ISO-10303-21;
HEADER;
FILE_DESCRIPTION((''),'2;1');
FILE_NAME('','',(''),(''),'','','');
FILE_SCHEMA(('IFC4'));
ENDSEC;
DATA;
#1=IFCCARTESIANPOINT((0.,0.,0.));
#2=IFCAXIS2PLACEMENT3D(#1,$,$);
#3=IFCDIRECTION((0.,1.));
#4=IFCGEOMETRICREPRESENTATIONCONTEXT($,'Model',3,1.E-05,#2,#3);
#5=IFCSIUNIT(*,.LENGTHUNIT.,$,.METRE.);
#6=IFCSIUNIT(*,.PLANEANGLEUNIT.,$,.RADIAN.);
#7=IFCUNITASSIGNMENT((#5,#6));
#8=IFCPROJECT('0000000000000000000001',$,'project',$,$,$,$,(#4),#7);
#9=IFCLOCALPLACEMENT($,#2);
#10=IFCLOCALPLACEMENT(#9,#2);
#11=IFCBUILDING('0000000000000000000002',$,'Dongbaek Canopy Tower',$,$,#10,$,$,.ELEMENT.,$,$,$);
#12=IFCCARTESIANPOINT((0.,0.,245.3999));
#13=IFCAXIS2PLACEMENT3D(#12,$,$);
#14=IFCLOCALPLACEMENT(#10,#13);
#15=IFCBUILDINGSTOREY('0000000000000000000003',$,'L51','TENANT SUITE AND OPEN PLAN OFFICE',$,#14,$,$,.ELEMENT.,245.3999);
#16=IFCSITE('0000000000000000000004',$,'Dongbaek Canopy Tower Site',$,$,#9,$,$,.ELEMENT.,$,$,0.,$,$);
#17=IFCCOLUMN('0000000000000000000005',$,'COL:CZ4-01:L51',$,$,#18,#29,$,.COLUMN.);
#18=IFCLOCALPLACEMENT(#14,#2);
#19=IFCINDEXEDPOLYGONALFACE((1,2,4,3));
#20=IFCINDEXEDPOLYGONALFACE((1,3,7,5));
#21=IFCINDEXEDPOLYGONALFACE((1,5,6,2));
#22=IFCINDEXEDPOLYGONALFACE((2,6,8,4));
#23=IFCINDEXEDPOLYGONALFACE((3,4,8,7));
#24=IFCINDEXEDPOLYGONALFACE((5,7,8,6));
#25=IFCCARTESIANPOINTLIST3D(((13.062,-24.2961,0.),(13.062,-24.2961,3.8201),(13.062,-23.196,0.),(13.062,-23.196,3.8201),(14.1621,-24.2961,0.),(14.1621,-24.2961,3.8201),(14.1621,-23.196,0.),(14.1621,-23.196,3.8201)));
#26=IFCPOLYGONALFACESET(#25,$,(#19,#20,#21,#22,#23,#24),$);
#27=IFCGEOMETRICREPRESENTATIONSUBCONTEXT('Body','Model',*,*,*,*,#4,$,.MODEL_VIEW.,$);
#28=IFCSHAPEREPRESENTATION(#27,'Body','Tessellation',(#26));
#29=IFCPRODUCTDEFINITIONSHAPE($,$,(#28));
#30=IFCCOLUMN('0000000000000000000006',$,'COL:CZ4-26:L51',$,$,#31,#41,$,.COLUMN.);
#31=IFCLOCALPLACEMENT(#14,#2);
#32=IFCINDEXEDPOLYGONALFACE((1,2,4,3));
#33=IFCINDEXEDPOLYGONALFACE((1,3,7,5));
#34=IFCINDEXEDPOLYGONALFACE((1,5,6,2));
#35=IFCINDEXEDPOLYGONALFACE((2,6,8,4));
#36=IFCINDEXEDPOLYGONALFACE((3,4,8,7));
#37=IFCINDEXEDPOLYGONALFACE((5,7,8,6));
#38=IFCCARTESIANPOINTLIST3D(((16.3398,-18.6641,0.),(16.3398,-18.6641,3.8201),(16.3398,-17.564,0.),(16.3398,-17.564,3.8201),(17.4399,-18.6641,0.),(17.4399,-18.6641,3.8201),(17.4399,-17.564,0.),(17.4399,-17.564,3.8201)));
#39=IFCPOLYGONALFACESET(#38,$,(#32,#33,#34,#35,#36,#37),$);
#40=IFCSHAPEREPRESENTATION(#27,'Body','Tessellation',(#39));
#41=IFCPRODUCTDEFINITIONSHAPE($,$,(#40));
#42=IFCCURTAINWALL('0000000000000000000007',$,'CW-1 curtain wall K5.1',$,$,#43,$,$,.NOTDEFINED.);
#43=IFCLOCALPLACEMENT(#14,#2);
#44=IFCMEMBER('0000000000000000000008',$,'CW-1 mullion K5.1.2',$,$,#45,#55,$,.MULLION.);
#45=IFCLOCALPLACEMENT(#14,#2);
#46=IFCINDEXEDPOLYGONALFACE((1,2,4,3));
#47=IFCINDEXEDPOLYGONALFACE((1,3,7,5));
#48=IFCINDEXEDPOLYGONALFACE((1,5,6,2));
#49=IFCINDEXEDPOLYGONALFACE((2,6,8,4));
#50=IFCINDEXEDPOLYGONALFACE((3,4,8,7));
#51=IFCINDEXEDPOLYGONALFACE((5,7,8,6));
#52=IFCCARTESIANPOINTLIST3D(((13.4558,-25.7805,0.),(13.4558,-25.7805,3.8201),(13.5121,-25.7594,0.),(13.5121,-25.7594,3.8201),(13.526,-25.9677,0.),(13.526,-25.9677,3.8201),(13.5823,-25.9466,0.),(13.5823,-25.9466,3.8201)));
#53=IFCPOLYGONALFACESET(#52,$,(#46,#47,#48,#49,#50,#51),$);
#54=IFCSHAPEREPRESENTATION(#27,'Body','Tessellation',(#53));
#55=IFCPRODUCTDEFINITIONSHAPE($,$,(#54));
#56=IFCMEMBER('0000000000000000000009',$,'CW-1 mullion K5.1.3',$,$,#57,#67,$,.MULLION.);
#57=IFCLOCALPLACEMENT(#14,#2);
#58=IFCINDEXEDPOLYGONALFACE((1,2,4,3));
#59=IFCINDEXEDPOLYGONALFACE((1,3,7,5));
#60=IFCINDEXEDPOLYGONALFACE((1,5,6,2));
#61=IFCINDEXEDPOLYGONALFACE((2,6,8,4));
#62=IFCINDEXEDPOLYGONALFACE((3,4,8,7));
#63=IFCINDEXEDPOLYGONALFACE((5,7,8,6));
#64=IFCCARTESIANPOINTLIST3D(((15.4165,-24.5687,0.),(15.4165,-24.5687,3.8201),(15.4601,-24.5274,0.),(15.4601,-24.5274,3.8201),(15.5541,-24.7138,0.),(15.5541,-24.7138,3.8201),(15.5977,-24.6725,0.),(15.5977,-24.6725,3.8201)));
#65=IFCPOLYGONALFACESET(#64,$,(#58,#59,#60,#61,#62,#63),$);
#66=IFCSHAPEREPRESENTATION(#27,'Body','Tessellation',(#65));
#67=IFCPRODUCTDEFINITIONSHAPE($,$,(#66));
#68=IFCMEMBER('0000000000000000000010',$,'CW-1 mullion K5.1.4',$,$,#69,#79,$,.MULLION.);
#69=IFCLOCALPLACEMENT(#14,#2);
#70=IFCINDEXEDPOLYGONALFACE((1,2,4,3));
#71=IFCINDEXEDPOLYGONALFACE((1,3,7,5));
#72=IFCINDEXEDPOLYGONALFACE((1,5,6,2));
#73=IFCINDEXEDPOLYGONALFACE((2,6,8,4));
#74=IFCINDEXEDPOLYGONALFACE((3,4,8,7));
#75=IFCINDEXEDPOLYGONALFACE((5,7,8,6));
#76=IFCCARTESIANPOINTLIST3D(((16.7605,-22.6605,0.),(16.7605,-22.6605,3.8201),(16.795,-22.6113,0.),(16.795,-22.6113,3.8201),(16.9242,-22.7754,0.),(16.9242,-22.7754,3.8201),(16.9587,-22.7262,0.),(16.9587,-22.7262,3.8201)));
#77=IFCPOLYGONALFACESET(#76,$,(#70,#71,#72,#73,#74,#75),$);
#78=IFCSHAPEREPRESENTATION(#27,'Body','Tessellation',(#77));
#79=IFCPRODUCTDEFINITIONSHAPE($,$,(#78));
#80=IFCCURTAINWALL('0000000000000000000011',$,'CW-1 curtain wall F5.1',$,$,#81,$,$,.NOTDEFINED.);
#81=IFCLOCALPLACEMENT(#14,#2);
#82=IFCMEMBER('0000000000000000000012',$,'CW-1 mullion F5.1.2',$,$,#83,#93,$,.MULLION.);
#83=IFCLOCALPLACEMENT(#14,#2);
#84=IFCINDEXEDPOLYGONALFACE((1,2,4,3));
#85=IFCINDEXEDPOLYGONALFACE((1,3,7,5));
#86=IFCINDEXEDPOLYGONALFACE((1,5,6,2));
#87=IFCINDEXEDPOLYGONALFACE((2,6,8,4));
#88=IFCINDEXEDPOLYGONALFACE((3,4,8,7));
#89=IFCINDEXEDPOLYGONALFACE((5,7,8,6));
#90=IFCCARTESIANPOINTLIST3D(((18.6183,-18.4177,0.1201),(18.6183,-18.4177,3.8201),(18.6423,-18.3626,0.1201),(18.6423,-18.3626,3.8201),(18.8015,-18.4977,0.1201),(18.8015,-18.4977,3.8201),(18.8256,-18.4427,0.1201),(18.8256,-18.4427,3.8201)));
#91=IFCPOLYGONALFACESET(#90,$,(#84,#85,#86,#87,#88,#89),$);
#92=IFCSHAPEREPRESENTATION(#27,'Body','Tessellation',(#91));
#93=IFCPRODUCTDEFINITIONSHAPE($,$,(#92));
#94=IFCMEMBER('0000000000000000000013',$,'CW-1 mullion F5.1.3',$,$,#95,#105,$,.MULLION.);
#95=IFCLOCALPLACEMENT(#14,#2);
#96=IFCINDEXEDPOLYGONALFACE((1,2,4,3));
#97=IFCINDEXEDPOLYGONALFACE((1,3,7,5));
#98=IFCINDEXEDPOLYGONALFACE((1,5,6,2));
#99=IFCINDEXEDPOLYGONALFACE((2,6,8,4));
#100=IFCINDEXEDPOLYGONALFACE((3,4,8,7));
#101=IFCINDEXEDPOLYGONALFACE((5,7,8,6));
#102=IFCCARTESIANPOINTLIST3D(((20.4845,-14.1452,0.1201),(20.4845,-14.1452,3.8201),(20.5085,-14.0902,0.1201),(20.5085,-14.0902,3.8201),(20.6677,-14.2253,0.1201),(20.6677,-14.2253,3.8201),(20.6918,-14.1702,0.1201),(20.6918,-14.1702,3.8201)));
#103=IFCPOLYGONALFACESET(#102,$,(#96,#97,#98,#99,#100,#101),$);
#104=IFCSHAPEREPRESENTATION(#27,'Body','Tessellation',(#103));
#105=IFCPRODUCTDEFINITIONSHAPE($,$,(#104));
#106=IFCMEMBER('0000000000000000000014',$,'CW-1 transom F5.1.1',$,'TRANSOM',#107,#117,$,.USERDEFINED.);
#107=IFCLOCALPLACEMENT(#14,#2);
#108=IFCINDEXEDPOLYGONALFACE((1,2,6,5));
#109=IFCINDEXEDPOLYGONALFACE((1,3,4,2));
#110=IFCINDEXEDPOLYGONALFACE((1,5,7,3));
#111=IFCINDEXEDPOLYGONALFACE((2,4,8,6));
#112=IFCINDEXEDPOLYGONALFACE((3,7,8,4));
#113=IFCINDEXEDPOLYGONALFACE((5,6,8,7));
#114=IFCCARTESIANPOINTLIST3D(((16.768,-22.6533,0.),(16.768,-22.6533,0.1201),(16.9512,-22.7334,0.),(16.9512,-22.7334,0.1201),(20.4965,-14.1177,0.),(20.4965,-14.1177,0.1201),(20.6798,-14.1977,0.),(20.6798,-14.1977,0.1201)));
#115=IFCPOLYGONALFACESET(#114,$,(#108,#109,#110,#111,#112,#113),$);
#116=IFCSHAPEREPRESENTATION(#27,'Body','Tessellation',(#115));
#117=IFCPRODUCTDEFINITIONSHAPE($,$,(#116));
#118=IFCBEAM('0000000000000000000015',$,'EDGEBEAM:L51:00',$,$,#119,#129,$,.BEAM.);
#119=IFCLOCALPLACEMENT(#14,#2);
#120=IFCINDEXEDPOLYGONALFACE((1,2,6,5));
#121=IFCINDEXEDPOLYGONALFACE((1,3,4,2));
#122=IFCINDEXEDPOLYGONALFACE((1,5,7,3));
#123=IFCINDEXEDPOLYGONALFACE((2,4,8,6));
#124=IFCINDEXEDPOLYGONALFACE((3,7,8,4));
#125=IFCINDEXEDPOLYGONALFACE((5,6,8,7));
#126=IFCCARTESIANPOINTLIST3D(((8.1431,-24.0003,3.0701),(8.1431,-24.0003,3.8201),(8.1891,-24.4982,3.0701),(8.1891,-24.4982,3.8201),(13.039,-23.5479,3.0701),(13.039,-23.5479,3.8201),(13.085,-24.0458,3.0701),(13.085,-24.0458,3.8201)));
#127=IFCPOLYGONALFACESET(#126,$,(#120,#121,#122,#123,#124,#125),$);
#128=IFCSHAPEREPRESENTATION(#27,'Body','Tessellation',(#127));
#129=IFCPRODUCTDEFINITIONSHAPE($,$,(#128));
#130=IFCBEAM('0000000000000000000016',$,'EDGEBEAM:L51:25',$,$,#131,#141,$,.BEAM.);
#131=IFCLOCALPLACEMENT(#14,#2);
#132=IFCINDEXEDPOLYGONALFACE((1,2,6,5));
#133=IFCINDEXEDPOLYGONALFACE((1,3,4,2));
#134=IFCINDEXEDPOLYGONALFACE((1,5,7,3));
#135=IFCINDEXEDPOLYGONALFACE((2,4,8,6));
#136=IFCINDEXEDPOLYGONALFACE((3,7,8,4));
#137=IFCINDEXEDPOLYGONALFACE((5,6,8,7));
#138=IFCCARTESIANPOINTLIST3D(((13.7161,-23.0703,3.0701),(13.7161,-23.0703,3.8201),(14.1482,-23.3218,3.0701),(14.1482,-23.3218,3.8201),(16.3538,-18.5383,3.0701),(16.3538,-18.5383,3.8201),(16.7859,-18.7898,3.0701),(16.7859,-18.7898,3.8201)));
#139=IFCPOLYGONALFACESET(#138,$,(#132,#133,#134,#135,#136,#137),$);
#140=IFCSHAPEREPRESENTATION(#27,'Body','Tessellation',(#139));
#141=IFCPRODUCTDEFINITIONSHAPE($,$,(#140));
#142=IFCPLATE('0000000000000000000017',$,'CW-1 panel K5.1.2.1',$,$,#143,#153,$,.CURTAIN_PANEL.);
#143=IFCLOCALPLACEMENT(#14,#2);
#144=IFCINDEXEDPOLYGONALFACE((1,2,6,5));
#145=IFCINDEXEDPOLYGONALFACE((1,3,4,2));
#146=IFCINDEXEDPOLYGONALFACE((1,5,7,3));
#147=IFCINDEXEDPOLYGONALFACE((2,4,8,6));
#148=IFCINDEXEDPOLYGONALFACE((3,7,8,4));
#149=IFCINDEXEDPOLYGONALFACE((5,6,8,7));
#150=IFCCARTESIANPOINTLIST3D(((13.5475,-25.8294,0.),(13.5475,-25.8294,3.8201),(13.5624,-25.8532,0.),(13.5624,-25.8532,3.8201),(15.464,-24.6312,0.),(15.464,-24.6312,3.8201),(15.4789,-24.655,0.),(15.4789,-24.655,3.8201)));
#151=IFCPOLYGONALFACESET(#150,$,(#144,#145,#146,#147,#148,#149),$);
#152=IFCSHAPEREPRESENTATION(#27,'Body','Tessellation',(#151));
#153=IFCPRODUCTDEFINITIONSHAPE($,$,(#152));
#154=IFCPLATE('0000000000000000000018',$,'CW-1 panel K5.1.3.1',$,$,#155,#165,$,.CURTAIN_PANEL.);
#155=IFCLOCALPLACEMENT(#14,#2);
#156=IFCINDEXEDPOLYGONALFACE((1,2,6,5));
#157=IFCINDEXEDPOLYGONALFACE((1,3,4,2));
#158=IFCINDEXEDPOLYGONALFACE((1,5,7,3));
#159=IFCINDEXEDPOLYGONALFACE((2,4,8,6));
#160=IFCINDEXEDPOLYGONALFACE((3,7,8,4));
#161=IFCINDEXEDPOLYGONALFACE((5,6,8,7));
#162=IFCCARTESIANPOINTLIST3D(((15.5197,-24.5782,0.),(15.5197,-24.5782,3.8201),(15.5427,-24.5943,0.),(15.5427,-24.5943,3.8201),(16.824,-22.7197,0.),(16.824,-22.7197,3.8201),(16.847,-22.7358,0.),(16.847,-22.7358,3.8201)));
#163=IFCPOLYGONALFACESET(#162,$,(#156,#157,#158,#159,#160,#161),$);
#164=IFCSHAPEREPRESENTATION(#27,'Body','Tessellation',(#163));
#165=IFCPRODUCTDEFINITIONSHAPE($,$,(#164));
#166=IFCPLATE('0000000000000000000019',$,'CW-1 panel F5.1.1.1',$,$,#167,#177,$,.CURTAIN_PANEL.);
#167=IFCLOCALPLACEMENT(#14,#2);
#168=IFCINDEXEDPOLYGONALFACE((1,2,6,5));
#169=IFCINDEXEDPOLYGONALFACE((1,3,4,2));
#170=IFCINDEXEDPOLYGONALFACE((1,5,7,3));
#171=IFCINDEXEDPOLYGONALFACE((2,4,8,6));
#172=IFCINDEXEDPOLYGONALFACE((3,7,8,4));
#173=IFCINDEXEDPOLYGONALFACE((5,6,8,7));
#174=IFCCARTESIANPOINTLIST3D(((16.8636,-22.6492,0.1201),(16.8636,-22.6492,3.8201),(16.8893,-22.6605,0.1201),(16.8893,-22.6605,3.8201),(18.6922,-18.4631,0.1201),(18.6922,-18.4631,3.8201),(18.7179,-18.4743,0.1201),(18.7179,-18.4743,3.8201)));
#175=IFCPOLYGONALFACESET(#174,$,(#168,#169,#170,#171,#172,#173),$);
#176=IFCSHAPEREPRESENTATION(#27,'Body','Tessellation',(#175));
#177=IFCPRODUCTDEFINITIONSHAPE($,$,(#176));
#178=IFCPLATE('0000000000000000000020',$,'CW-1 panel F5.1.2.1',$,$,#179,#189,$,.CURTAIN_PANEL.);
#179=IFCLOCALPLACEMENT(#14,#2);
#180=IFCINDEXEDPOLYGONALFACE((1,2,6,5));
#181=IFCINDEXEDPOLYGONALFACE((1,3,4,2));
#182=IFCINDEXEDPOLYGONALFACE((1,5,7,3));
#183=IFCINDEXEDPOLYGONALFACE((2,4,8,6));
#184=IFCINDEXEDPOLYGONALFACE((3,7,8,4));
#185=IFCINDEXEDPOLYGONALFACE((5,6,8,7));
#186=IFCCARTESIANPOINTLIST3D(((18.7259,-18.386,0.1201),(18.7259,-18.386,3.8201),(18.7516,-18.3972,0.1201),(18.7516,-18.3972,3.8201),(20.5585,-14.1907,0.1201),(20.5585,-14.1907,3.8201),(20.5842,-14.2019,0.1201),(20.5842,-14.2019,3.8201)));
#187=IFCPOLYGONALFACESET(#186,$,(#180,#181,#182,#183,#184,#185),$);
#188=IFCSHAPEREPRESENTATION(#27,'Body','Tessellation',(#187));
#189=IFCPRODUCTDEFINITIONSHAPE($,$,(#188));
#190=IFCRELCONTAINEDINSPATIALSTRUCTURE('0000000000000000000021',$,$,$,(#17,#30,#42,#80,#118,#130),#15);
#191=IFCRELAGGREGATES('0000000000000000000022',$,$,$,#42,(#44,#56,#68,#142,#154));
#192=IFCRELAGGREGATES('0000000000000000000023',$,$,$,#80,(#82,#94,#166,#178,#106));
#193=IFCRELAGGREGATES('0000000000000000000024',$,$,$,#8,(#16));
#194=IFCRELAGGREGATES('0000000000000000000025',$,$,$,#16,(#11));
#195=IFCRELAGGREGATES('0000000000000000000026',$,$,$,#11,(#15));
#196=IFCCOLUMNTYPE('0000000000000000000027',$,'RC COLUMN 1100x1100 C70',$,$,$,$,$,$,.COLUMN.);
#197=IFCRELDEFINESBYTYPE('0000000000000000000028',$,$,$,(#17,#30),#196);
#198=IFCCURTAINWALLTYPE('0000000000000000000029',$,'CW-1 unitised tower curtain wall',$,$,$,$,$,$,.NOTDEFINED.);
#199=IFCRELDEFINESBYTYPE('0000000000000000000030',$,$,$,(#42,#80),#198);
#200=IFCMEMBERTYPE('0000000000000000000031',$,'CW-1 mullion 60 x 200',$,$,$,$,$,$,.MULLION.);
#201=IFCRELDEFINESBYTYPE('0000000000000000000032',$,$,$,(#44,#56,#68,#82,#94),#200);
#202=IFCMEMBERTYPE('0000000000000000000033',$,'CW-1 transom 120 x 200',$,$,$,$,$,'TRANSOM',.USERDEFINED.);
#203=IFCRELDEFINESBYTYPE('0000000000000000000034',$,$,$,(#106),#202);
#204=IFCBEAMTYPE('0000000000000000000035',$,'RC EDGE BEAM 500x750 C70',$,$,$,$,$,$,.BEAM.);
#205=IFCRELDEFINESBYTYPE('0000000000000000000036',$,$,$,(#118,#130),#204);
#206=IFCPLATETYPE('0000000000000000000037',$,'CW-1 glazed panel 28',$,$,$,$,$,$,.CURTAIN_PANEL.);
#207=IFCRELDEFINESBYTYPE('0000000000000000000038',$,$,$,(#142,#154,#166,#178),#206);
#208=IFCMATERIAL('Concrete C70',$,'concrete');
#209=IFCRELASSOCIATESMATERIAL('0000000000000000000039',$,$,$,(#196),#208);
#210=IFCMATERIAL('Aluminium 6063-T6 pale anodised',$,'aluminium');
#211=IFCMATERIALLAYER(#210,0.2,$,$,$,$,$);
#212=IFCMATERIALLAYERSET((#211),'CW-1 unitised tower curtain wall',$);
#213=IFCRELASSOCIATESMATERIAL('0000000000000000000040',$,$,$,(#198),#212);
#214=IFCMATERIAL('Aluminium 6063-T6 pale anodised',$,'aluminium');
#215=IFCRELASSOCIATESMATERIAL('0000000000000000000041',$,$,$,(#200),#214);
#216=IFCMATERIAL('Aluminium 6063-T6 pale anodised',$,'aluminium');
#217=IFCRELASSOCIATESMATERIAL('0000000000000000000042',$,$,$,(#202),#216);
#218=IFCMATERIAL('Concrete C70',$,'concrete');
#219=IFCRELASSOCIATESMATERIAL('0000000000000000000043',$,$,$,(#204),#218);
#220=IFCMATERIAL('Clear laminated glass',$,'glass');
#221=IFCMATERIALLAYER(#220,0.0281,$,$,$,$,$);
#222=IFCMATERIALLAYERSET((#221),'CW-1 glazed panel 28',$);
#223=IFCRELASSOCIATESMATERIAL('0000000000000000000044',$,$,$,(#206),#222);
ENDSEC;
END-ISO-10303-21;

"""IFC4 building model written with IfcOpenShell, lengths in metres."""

from ifc_helpers import new_model, si_unit, direction, frame, origin, origin_2d, place, context, subcontext, project, spatial, rectangle, extrude, material, layer, layer_set, material_profile, profile_set, type_object, element, aggregate, save


model = new_model("IFC4")

# Units and contexts
model_context = context("Model", 3, precision=1e-05, world=origin(), true_north=direction((0.0, 1.0)))
body_context = subcontext(model_context, "Body", "Model", "MODEL_VIEW")
ifc_project = project(units=[si_unit("LENGTHUNIT", "METRE"), si_unit("PLANEANGLEUNIT", "RADIAN")], contexts=[model_context])

# Site, building, storey
site_placement = place(None, origin())
site = spatial("IfcSite", under=ifc_project, at=site_placement, Name="Dongbaek Canopy Tower Site", CompositionType="ELEMENT", RefElevation=0.0)
building_placement = place(site_placement, origin())
building = spatial("IfcBuilding", under=site, at=building_placement, Name="Dongbaek Canopy Tower", CompositionType="ELEMENT")
storey_placement = place(building_placement, frame((0.0, 0.0, 245.3999)))
storey = spatial("IfcBuildingStorey", under=building, at=storey_placement, Name="L51", Description="TENANT SUITE AND OPEN PLAN OFFICE", CompositionType="ELEMENT", Elevation=245.3999)

# Columns
ifc_material_1 = material(Name="Concrete C70", Category="concrete")
ifc_material_profile_1 = material_profile(ifc_material_1, rectangle(XDim=1.1001, YDim=1.1001, at=origin_2d()), Name="RC COLUMN 1100x1100 C70")
ifc_profile_set_1 = profile_set([ifc_material_profile_1], Name="Concrete C70")
column_type = type_object("IfcColumnType", Name="RC COLUMN 1100x1100 C70", PredefinedType="COLUMN", material=ifc_profile_set_1)
for number, where, z_axis, x_axis, name in (
    (1, (13.6121, -23.7461, 0.0), (0.0, 0.0, 1.0), (1.0, 0.0, 0.0), "COL:CZ4-01:L51"),
    (2, (16.8899, -18.114, 0.0), (0.0, 0.0, 1.0), (1.0, 0.0, 0.0), "COL:CZ4-26:L51"),
):
    element("IfcColumn", number, at=place(storey_placement, frame(where, z_axis=z_axis, x_axis=x_axis)), inside=storey, type_object=column_type, Name=name, PredefinedType="COLUMN", context=body_context, shape_type="SweptSolid", body=[
        extrude(rectangle(XDim=1.1001, YDim=1.1001, at=origin_2d()), origin(), (0.0, 0.0, 1.0), 3.8201),
    ])

# Curtain walls, members
ifc_material_2 = material(Name="Aluminium 6063-T6 pale anodised", Category="aluminium")
ifc_layer_1 = layer(ifc_material_2, 0.2)
ifc_layer_set_1 = layer_set([ifc_layer_1], Name="CW-1 unitised tower curtain wall")
curtain_wall_type = type_object("IfcCurtainWallType", Name="CW-1 unitised tower curtain wall", PredefinedType="NOTDEFINED", material=ifc_layer_set_1)
curtain_wall_1_placement = place(storey_placement, origin())
curtain_wall_1 = element("IfcCurtainWall", 3, at=curtain_wall_1_placement, inside=storey, type_object=curtain_wall_type, Name="CW-1 curtain wall K5.1", PredefinedType="NOTDEFINED")
ifc_material_3 = material(Name="Aluminium 6063-T6 pale anodised", Category="aluminium")
ifc_material_profile_2 = material_profile(ifc_material_3, rectangle(XDim=0.2, YDim=0.0601, at=origin_2d()), Name="CW-1 mullion 60 x 200")
ifc_profile_set_2 = profile_set([ifc_material_profile_2], Name="Aluminium 6063-T6 pale anodised")
member_type_1 = type_object("IfcMemberType", Name="CW-1 mullion 60 x 200", PredefinedType="MULLION", material=ifc_profile_set_2)
member_1_placement = place(storey_placement, frame((13.519, -25.8635, 0.0), z_axis=(0.0, 0.0, 1.0), x_axis=(0.351017, -0.936369, 0.0)))
member_1 = element("IfcMember", 4, at=member_1_placement, type_object=member_type_1, Name="CW-1 mullion K5.1.2", PredefinedType="MULLION", context=body_context, shape_type="SweptSolid", body=[
    extrude(rectangle(XDim=0.2, YDim=0.0601, at=origin_2d()), origin(), (0.0, 0.0, 1.0), 3.8201),
])
member_2_placement = place(storey_placement, frame((15.5071, -24.6206, 0.0), z_axis=(0.0, 0.0, 1.0), x_axis=(0.688056, -0.725657, 0.0)))
member_2 = element("IfcMember", 5, at=member_2_placement, type_object=member_type_1, Name="CW-1 mullion K5.1.3", PredefinedType="MULLION", context=body_context, shape_type="SweptSolid", body=[
    extrude(rectangle(XDim=0.2, YDim=0.0601, at=origin_2d()), origin(), (0.0, 0.0, 1.0), 3.8201),
])
member_3_placement = place(storey_placement, frame((16.8596, -22.6934, 0.0), z_axis=(0.0, 0.0, 1.0), x_axis=(0.81855, -0.574435, 0.0)))
member_3 = element("IfcMember", 6, at=member_3_placement, type_object=member_type_1, Name="CW-1 mullion K5.1.4", PredefinedType="MULLION", context=body_context, shape_type="SweptSolid", body=[
    extrude(rectangle(XDim=0.2, YDim=0.0601, at=origin_2d()), origin(), (0.0, 0.0, 1.0), 3.8201),
])
curtain_wall_2_placement = place(storey_placement, origin())
curtain_wall_2 = element("IfcCurtainWall", 7, at=curtain_wall_2_placement, inside=storey, type_object=curtain_wall_type, Name="CW-1 curtain wall F5.1", PredefinedType="NOTDEFINED")
member_4_placement = place(storey_placement, frame((18.7219, -18.4302, 0.1201), z_axis=(0.0, 0.0, 1.0), x_axis=(0.916386, -0.400295, 0.0)))
member_4 = element("IfcMember", 8, at=member_4_placement, type_object=member_type_1, Name="CW-1 mullion F5.1.2", PredefinedType="MULLION", context=body_context, shape_type="SweptSolid", body=[
    extrude(rectangle(XDim=0.2, YDim=0.0601, at=origin_2d()), origin(), (0.0, 0.0, 1.0), 3.7),
])
member_5_placement = place(storey_placement, frame((20.5881, -14.1577, 0.1201), z_axis=(0.0, 0.0, 1.0), x_axis=(0.916386, -0.400295, 0.0)))
member_5 = element("IfcMember", 9, at=member_5_placement, type_object=member_type_1, Name="CW-1 mullion F5.1.3", PredefinedType="MULLION", context=body_context, shape_type="SweptSolid", body=[
    extrude(rectangle(XDim=0.2, YDim=0.0601, at=origin_2d()), origin(), (0.0, 0.0, 1.0), 3.7),
])
ifc_material_4 = material(Name="Aluminium 6063-T6 pale anodised", Category="aluminium")
ifc_material_profile_3 = material_profile(ifc_material_4, rectangle(XDim=0.2, YDim=0.1201, at=origin_2d()), Name="CW-1 transom 120 x 200")
ifc_profile_set_3 = profile_set([ifc_material_profile_3], Name="Aluminium 6063-T6 pale anodised")
member_type_2 = type_object("IfcMemberType", Name="CW-1 transom 120 x 200", ElementType="TRANSOM", PredefinedType="USERDEFINED", material=ifc_profile_set_3)
member_6_placement = place(storey_placement, frame((16.8596, -22.6934, 0.0601), z_axis=(0.400294, 0.916387, 0.0), x_axis=(-0.916387, 0.400294, 0.0)))
member_6 = element("IfcMember", 10, at=member_6_placement, type_object=member_type_2, Name="CW-1 transom F5.1.1", ObjectType="TRANSOM", PredefinedType="USERDEFINED", context=body_context, shape_type="SweptSolid", body=[
    extrude(rectangle(XDim=0.2, YDim=0.1201, at=origin_2d()), origin(), (0.0, 0.0, 1.0), 9.3145),
])

# Beams
ifc_material_5 = material(Name="Concrete C70", Category="concrete")
ifc_material_profile_4 = material_profile(ifc_material_5, rectangle(XDim=0.5, YDim=0.75, at=origin_2d()), Name="RC EDGE BEAM 500x750 C70")
ifc_profile_set_4 = profile_set([ifc_material_profile_4], Name="Concrete C70")
beam_type = type_object("IfcBeamType", Name="RC EDGE BEAM 500x750 C70", PredefinedType="BEAM", material=ifc_profile_set_4)
beam_1_placement = place(storey_placement, frame((13.062, -23.7969, 3.4451), z_axis=(-0.995758, -0.092009, 0.0), x_axis=(0.092009, -0.995758, 0.0)))
element("IfcBeam", 11, at=beam_1_placement, inside=storey, type_object=beam_type, Name="EDGEBEAM:L51:00", PredefinedType="BEAM", context=body_context, shape_type="SweptSolid", body=[
    extrude(rectangle(XDim=0.5, YDim=0.75, at=origin_2d()), origin(), (0.0, 0.0, 1.0), 4.9167),
])
beam_2_placement = place(storey_placement, frame((16.5698, -18.6641, 3.4451), z_axis=(-0.503023, -0.864273, 0.0), x_axis=(0.864273, -0.503023, 0.0)))
element("IfcBeam", 12, at=beam_2_placement, inside=storey, type_object=beam_type, Name="EDGEBEAM:L51:25", PredefinedType="BEAM", context=body_context, shape_type="SweptSolid", body=[
    extrude(rectangle(XDim=0.5, YDim=0.75, at=origin_2d()), origin(), (0.0, 0.0, 1.0), 5.2437),
])

# Plates
ifc_material_6 = material(Name="Clear laminated glass", Category="glass")
ifc_layer_2 = layer(ifc_material_6, 0.0281)
ifc_layer_set_2 = layer_set([ifc_layer_2], Name="CW-1 glazed panel 28")
plate_type = type_object("IfcPlateType", Name="CW-1 glazed panel 28", PredefinedType="CURTAIN_PANEL", material=ifc_layer_set_2)
plate_1_placement = place(storey_placement, frame((14.5132, -25.2422, 0.0), z_axis=(0.0, 0.0, 1.0), x_axis=(0.847928, 0.530111, 0.0)))
plate_1 = element("IfcPlate", 13, at=plate_1_placement, type_object=plate_type, Name="CW-1 panel K5.1.2.1", PredefinedType="CURTAIN_PANEL", context=body_context, shape_type="SweptSolid", body=[
    extrude(rectangle(XDim=2.2603, YDim=0.0281, at=origin_2d()), origin(), (0.0, 0.0, 1.0), 3.8201),
])
plate_2_placement = place(storey_placement, frame((16.1833, -23.657, 0.0), z_axis=(0.0, 0.0, 1.0), x_axis=(0.574435, 0.81855, 0.0)))
plate_2 = element("IfcPlate", 14, at=plate_2_placement, type_object=plate_type, Name="CW-1 panel K5.1.3.1", PredefinedType="CURTAIN_PANEL", context=body_context, shape_type="SweptSolid", body=[
    extrude(rectangle(XDim=2.2705, YDim=0.0281, at=origin_2d()), origin(), (0.0, 0.0, 1.0), 3.8201),
])
aggregate(curtain_wall_1, [member_1, member_2, member_3, plate_1, plate_2])
plate_3_placement = place(storey_placement, frame((17.7908, -20.5618, 0.1201), z_axis=(0.0, 0.0, 1.0), x_axis=(0.400295, 0.916386, 0.0)))
plate_3 = element("IfcPlate", 15, at=plate_3_placement, type_object=plate_type, Name="CW-1 panel F5.1.1.1", PredefinedType="CURTAIN_PANEL", context=body_context, shape_type="SweptSolid", body=[
    extrude(rectangle(XDim=4.5681, YDim=0.0281, at=origin_2d()), origin(), (0.0, 0.0, 1.0), 3.7),
])
plate_4_placement = place(storey_placement, frame((19.655, -16.2939, 0.1201), z_axis=(0.0, 0.0, 1.0), x_axis=(0.400295, 0.916386, 0.0)))
plate_4 = element("IfcPlate", 16, at=plate_4_placement, type_object=plate_type, Name="CW-1 panel F5.1.2.1", PredefinedType="CURTAIN_PANEL", context=body_context, shape_type="SweptSolid", body=[
    extrude(rectangle(XDim=4.5781, YDim=0.0281, at=origin_2d()), origin(), (0.0, 0.0, 1.0), 3.7),
])

aggregate(curtain_wall_2, [member_4, member_5, plate_3, plate_4, member_6])

save(model, "model.ifc")
